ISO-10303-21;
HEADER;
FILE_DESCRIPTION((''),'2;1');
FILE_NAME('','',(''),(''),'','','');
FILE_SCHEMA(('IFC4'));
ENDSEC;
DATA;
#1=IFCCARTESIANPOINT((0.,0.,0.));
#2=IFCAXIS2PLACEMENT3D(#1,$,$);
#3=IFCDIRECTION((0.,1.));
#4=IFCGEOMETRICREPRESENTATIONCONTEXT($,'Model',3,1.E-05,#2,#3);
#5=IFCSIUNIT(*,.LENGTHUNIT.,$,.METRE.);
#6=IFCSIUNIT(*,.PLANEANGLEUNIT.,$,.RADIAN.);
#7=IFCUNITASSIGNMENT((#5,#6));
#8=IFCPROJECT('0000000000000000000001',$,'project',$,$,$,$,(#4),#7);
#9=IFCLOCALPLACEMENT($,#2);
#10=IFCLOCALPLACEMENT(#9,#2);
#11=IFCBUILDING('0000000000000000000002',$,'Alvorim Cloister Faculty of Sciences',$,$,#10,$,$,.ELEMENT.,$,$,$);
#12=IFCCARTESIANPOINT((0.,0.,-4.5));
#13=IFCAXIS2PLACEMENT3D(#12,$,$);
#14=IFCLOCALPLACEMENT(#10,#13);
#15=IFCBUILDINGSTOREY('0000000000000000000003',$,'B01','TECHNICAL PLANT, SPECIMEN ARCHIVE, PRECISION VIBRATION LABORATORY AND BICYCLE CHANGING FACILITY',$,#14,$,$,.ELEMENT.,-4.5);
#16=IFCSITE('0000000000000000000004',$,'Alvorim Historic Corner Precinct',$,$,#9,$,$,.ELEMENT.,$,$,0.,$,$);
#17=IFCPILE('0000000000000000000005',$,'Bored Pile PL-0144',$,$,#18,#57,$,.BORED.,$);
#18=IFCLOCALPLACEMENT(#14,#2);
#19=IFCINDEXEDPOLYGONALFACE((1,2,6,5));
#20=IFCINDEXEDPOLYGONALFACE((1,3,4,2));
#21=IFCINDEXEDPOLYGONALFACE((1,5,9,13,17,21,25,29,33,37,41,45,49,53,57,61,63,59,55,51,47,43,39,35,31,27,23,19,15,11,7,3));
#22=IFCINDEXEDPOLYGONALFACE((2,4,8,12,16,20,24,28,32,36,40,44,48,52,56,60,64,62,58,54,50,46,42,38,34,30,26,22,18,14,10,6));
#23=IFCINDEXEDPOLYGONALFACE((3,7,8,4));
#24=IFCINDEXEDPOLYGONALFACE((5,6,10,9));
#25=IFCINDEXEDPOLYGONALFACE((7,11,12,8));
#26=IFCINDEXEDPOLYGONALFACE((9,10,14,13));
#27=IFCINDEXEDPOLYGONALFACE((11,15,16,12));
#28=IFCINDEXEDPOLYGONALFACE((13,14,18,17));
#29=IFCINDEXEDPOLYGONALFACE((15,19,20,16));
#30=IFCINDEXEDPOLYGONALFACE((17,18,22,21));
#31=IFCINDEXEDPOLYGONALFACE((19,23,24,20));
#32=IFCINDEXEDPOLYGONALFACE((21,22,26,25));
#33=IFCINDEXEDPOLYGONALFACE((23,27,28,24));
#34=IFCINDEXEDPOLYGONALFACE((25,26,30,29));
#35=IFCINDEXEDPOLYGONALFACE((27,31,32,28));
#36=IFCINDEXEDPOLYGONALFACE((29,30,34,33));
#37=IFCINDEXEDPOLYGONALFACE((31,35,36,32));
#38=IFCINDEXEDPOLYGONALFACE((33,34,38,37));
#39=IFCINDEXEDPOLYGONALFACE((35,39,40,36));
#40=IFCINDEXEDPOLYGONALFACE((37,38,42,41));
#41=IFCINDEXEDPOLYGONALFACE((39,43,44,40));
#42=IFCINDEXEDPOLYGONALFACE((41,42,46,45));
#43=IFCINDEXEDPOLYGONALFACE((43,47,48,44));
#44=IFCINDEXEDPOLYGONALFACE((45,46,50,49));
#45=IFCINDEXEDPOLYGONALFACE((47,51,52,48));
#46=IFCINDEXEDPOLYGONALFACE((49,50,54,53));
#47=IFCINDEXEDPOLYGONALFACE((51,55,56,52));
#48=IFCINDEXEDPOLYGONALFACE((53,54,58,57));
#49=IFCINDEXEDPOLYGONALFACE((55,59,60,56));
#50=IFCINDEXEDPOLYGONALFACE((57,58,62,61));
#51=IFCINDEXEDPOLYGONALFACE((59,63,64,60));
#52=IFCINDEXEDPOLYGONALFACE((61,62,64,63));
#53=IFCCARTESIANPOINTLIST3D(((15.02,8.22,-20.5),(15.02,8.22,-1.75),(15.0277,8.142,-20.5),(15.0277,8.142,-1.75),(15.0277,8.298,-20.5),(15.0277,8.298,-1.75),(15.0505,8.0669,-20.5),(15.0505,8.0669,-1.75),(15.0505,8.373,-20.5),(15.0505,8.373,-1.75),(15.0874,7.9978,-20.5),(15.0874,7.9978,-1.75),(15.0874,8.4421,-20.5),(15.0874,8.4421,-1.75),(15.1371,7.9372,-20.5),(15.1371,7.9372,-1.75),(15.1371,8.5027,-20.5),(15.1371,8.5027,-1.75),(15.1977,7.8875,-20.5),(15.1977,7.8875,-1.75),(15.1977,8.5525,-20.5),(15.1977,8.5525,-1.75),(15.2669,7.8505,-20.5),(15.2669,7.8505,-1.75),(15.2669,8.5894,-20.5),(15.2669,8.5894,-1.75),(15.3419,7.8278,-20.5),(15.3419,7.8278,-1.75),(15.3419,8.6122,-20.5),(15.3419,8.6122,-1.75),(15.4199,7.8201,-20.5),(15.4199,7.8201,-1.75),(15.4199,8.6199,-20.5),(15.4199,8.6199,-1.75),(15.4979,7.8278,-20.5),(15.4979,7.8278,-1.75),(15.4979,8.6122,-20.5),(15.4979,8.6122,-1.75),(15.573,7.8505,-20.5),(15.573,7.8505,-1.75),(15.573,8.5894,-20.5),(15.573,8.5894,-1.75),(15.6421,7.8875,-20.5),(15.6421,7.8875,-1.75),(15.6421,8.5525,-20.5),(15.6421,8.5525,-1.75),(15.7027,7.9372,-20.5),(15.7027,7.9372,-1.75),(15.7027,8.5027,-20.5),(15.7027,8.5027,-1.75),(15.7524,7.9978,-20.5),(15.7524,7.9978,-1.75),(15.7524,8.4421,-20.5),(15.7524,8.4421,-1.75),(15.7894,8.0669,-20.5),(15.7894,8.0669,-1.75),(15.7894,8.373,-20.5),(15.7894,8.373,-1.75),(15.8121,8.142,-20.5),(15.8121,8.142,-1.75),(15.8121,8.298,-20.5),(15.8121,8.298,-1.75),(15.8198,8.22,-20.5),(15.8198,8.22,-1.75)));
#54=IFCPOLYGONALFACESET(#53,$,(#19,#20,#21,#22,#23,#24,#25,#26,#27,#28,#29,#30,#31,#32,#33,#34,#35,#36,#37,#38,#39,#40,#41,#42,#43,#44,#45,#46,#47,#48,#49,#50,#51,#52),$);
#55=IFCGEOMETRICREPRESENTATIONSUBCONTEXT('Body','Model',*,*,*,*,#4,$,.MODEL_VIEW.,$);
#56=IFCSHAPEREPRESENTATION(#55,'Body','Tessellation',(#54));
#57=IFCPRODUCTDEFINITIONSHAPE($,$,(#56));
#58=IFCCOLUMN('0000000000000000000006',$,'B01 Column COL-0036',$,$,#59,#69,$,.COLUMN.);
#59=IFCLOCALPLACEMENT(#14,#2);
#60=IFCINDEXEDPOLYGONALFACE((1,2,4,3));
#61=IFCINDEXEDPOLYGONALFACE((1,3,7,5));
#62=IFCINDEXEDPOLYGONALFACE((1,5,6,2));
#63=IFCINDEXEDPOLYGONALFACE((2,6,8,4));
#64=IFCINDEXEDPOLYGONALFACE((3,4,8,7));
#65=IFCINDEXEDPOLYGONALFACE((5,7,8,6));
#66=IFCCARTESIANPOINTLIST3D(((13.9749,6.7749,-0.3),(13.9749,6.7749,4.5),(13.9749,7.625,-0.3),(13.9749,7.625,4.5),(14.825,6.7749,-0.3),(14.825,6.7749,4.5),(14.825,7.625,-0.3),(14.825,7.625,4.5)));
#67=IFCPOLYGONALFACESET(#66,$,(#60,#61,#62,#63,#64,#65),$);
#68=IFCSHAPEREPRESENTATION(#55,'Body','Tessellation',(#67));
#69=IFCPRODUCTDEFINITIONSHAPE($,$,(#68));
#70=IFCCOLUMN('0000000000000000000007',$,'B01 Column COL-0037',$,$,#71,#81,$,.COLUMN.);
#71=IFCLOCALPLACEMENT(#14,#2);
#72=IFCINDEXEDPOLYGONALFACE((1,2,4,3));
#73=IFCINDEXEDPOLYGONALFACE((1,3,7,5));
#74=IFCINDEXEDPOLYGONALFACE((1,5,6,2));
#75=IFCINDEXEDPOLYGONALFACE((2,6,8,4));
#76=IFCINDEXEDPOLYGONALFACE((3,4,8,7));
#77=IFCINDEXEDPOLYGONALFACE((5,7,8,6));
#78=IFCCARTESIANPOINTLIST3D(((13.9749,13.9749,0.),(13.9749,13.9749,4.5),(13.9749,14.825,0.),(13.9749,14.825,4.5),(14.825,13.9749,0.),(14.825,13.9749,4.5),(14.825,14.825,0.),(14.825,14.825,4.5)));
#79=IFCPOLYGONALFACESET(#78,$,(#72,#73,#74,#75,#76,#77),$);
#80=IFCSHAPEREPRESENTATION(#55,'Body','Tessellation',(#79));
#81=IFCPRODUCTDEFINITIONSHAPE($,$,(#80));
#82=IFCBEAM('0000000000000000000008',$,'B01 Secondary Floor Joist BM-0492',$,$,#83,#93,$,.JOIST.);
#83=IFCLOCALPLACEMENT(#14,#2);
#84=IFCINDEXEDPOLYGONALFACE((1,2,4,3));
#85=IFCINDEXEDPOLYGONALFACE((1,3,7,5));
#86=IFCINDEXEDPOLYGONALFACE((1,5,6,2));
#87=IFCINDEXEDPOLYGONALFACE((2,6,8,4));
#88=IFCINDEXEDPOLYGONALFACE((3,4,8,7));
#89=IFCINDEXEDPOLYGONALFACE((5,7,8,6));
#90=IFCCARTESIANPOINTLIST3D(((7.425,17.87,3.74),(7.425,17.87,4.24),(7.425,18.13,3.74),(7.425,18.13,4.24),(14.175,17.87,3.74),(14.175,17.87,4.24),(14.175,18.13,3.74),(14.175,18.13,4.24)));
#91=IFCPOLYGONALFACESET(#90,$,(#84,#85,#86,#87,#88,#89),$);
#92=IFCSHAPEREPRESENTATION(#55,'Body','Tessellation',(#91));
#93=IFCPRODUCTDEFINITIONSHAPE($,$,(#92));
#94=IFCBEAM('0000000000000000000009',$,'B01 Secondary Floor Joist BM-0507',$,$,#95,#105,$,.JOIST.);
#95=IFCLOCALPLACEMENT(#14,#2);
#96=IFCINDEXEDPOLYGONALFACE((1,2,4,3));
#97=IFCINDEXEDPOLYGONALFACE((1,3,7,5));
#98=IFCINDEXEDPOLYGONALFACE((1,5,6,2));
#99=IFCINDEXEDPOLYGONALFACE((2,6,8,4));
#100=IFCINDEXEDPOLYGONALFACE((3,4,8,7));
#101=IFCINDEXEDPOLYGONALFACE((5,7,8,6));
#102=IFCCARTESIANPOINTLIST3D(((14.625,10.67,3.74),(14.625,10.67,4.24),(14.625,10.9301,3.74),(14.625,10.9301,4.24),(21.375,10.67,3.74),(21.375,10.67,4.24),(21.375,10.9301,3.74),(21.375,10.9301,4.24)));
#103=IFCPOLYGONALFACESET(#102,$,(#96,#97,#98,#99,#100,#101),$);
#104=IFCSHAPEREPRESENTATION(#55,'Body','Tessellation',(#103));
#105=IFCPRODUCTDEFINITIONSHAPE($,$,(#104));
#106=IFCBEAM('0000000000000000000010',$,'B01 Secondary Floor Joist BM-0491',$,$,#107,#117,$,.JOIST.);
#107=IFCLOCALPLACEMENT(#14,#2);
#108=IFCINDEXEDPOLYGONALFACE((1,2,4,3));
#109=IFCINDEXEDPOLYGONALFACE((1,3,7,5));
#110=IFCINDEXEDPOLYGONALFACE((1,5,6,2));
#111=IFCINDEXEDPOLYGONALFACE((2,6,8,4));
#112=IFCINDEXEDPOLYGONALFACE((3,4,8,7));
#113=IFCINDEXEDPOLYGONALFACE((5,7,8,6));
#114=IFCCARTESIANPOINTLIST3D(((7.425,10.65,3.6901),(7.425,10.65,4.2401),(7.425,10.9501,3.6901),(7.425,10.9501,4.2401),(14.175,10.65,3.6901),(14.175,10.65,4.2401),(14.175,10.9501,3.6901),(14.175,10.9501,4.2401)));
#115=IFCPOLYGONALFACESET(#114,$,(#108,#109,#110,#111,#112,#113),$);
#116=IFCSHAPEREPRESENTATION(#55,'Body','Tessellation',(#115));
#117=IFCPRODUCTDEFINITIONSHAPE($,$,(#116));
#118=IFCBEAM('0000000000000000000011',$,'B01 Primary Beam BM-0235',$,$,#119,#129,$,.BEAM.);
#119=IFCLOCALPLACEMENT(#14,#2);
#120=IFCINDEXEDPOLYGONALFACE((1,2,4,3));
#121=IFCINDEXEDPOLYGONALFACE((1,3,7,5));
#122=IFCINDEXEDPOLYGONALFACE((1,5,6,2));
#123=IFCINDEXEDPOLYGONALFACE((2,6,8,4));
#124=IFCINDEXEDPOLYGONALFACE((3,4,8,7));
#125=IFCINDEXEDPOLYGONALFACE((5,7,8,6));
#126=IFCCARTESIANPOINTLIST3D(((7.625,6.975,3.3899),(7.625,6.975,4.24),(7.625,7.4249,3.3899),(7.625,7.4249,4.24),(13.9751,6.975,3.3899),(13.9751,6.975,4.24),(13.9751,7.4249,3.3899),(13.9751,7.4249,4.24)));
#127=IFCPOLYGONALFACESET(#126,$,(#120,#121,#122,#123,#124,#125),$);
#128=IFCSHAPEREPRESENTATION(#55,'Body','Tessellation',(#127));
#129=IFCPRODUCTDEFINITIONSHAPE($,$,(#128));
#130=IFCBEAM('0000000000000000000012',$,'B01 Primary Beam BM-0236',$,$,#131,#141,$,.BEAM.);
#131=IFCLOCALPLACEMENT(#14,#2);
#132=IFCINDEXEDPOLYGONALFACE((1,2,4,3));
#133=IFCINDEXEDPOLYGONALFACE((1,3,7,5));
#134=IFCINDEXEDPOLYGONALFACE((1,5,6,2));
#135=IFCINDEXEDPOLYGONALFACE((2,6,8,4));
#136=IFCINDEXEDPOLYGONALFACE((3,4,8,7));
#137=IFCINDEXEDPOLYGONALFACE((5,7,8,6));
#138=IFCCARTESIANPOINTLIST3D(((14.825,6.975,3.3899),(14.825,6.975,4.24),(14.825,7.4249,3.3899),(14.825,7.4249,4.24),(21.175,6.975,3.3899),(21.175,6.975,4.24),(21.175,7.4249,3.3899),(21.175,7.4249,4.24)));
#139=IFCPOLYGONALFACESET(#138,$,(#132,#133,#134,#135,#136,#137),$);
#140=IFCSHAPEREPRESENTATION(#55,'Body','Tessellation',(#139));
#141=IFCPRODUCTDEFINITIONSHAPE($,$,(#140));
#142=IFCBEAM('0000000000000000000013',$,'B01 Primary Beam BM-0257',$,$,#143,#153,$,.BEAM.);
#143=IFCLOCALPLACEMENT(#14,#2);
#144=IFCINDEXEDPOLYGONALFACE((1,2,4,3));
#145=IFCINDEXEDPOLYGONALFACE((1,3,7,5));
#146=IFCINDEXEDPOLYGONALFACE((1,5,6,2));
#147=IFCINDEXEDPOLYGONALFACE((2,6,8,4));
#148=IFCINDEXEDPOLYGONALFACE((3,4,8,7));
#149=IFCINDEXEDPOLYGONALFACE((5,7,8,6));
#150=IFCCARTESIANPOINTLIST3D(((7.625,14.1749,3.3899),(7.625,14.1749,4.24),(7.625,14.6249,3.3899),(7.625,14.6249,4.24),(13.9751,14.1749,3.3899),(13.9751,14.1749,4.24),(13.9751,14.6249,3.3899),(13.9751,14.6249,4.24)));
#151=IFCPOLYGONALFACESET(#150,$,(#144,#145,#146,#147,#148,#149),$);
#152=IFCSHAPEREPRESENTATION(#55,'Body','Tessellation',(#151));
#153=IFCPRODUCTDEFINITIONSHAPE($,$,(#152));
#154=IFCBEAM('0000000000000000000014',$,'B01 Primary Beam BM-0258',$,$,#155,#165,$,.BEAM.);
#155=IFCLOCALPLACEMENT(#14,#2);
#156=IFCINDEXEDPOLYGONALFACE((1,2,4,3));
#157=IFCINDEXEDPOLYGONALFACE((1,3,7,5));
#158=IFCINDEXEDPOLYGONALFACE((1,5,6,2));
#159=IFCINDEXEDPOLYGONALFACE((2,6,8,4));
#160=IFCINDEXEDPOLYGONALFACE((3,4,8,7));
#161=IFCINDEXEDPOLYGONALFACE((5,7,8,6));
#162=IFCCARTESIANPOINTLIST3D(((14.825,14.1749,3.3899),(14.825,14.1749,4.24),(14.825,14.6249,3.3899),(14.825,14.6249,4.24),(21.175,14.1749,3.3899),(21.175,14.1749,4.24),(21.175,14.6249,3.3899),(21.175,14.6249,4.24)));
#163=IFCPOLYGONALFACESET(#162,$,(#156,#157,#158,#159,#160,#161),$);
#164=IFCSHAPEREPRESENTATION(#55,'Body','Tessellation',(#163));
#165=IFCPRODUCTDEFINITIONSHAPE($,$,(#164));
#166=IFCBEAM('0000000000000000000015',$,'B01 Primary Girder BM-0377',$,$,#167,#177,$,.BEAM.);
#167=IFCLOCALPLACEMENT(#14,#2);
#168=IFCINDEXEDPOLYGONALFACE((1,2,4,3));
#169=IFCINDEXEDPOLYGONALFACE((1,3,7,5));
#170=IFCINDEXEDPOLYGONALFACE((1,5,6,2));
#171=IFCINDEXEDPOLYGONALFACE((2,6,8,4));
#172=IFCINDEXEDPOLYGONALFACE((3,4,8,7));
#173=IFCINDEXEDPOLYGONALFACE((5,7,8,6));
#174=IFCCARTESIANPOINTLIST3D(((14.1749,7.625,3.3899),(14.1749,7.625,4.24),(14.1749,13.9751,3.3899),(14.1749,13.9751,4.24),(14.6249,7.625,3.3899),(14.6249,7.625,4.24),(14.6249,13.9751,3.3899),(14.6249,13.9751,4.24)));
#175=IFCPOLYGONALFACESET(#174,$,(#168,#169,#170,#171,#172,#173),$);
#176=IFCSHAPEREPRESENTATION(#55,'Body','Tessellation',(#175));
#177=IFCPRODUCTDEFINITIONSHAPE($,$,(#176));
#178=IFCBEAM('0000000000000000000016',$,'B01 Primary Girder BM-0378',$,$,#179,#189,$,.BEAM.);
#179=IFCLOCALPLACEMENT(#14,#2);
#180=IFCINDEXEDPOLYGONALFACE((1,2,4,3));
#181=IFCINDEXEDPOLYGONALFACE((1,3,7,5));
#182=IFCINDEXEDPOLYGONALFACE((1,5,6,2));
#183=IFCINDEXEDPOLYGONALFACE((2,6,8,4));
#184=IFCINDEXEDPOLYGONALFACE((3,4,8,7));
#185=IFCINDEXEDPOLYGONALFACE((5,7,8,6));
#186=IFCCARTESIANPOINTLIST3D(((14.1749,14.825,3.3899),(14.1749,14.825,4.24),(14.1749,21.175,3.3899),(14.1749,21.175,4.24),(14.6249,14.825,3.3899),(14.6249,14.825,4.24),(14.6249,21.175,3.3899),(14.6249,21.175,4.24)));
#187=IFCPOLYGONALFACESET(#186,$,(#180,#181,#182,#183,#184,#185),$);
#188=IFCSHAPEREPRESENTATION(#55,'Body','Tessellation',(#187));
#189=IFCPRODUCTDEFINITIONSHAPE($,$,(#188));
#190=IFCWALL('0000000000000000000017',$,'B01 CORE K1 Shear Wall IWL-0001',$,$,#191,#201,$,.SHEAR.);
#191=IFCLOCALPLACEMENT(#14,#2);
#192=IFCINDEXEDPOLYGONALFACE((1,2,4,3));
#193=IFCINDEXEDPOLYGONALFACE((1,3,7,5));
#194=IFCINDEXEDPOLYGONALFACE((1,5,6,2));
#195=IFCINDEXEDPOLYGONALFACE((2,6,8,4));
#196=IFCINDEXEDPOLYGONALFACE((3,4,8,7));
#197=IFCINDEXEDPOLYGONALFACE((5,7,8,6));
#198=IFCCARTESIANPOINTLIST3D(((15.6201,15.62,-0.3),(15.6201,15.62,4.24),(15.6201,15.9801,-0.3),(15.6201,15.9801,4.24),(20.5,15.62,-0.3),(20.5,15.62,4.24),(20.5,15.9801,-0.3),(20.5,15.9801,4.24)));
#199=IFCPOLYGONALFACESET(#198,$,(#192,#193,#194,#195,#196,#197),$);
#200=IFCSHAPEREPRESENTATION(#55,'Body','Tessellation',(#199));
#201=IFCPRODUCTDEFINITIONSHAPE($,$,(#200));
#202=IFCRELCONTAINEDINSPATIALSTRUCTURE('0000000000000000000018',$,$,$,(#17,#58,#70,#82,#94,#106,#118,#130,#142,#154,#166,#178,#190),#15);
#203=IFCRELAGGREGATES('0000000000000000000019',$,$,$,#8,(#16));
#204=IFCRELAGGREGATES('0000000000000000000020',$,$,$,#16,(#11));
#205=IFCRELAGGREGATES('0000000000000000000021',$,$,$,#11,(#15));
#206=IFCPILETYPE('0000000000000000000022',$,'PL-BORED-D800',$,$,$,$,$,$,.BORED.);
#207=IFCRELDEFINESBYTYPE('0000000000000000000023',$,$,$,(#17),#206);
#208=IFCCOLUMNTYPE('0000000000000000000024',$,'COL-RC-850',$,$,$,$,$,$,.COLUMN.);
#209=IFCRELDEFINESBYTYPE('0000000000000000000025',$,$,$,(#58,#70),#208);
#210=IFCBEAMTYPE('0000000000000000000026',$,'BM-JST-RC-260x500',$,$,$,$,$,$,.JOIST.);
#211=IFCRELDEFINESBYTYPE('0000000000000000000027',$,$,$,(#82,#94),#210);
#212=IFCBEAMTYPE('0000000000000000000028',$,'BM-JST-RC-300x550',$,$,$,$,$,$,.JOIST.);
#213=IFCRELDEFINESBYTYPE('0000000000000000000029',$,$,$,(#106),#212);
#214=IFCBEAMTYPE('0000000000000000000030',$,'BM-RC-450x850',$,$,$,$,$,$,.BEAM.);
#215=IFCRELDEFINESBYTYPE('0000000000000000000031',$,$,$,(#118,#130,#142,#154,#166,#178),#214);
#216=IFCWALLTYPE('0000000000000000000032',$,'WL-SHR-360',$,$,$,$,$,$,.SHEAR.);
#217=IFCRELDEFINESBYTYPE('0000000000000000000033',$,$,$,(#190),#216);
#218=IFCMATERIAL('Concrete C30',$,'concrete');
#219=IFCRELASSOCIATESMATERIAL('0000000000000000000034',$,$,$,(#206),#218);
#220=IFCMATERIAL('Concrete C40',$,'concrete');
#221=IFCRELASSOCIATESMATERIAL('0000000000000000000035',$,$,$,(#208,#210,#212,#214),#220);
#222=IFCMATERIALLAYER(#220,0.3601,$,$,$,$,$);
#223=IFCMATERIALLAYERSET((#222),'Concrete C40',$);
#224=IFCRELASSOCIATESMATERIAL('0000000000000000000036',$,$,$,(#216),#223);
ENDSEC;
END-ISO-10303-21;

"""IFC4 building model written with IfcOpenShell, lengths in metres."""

from ifc_helpers import new_model, si_unit, direction, frame, frame_2d, origin, origin_2d, place, context, subcontext, project, spatial, rectangle, circle, extrude, material, layer, layer_set, material_profile, profile_set, type_object, element, save


model = new_model("IFC4")

# Units and contexts
model_context = context("Model", 3, precision=1e-05, world=origin(), true_north=direction((0.0, 1.0)))
body_context = subcontext(model_context, "Body", "Model", "MODEL_VIEW")
ifc_project = project(units=[si_unit("LENGTHUNIT", "METRE"), si_unit("PLANEANGLEUNIT", "RADIAN")], contexts=[model_context])

# Site, building, storey
site_placement = place(None, origin())
site = spatial("IfcSite", under=ifc_project, at=site_placement, Name="Alvorim Historic Corner Precinct", CompositionType="ELEMENT", RefElevation=0.0)
building_placement = place(site_placement, origin())
building = spatial("IfcBuilding", under=site, at=building_placement, Name="Alvorim Cloister Faculty of Sciences", CompositionType="ELEMENT")
storey_placement = place(building_placement, frame((0.0, 0.0, -4.5)))
storey = spatial("IfcBuildingStorey", under=building, at=storey_placement, Name="B01", Description="TECHNICAL PLANT, SPECIMEN ARCHIVE, PRECISION VIBRATION LABORATORY AND BICYCLE CHANGING FACILITY", CompositionType="ELEMENT", Elevation=-4.5)

# Shared definitions
ifc_material_1 = material(Name="Concrete C40", Category="concrete")

# Pile
ifc_material_2 = material(Name="Concrete C30", Category="concrete")
ifc_material_profile_1 = material_profile(ifc_material_2, circle(Radius=0.3999, at=origin_2d()), Name="PILE-D800")
ifc_profile_set_1 = profile_set([ifc_material_profile_1], Name="Concrete C30")
pile_type_1 = type_object("IfcPileType", Name="PL-BORED-D800", PredefinedType="BORED", material=ifc_profile_set_1)
for number, where, z_axis, x_axis, name in (
    (1, (15.4199, 8.22, -1.75), (0.0, 0.0, -1.0), (1.0, 0.0, 0.0), "Bored Pile PL-0144"),
):
    element("IfcPile", number, at=place(storey_placement, frame(where, z_axis=z_axis, x_axis=x_axis)), inside=storey, type_object=pile_type_1, Name=name, PredefinedType="BORED", context=body_context, shape_type="SweptSolid", body=[
        extrude(circle(Radius=0.3999, at=origin_2d()), origin(), (0.0, 0.0, 1.0), 18.75),
    ])

# Columns
ifc_material_profile_2 = material_profile(ifc_material_1, rectangle(XDim=0.8501, YDim=0.8501, at=origin_2d()), Name="RC40-COL-850x850")
ifc_profile_set_2 = profile_set([ifc_material_profile_2], Name="Concrete C40")
column_type = type_object("IfcColumnType", Name="COL-RC-850", PredefinedType="COLUMN", material=ifc_profile_set_2)
column_1_placement = place(storey_placement, frame((14.3999, 7.2, -0.3), z_axis=(0.0, 0.0, 1.0), x_axis=(1.0, 0.0, 0.0)))
element("IfcColumn", 2, at=column_1_placement, inside=storey, type_object=column_type, Name="B01 Column COL-0036", PredefinedType="COLUMN", context=body_context, shape_type="SweptSolid", body=[
    extrude(rectangle(XDim=0.8501, YDim=0.8501, at=origin_2d()), origin(), (0.0, 0.0, 1.0), 4.8),
])
column_2_placement = place(storey_placement, frame((14.3999, 14.3999, 0.0), z_axis=(0.0, 0.0, 1.0), x_axis=(1.0, 0.0, 0.0)))
element("IfcColumn", 3, at=column_2_placement, inside=storey, type_object=column_type, Name="B01 Column COL-0037", PredefinedType="COLUMN", context=body_context, shape_type="SweptSolid", body=[
    extrude(rectangle(XDim=0.8501, YDim=0.8501, at=origin_2d()), origin(), (0.0, 0.0, 1.0), 4.5),
])

# Beams
ifc_material_profile_3 = material_profile(ifc_material_1, rectangle(XDim=0.26, YDim=0.5, at=origin_2d()), Name="RC40-JST-260x500")
ifc_profile_set_3 = profile_set([ifc_material_profile_3], Name="Concrete C40")
beam_type_1 = type_object("IfcBeamType", Name="BM-JST-RC-260x500", PredefinedType="JOIST", material=ifc_profile_set_3)
for number, where, z_axis, x_axis, name in (
    (4, (7.425, 18.0, 3.99), (1.0, 0.0, 0.0), (0.0, 1.0, 0.0), "B01 Secondary Floor Joist BM-0492"),
    (5, (14.625, 10.8, 3.99), (1.0, 0.0, 0.0), (0.0, 1.0, 0.0), "B01 Secondary Floor Joist BM-0507"),
):
    element("IfcBeam", number, at=place(storey_placement, frame(where, z_axis=z_axis, x_axis=x_axis)), inside=storey, type_object=beam_type_1, Name=name, PredefinedType="JOIST", context=body_context, shape_type="SweptSolid", body=[
        extrude(rectangle(XDim=0.26, YDim=0.5, at=origin_2d()), origin(), (0.0, 0.0, 1.0), 6.75),
    ])
ifc_material_profile_4 = material_profile(ifc_material_1, rectangle(XDim=0.3, YDim=0.55, at=origin_2d()), Name="RC40-JST-300x550")
ifc_profile_set_4 = profile_set([ifc_material_profile_4], Name="Concrete C40")
beam_type_2 = type_object("IfcBeamType", Name="BM-JST-RC-300x550", PredefinedType="JOIST", material=ifc_profile_set_4)
beam_placement = place(storey_placement, frame((7.425, 10.8, 3.9651), z_axis=(1.0, 0.0, 0.0), x_axis=(0.0, 1.0, 0.0)))
element("IfcBeam", 6, at=beam_placement, inside=storey, type_object=beam_type_2, Name="B01 Secondary Floor Joist BM-0491", PredefinedType="JOIST", context=body_context, shape_type="SweptSolid", body=[
    extrude(rectangle(XDim=0.3, YDim=0.55, at=origin_2d()), origin(), (0.0, 0.0, 1.0), 6.75),
])
ifc_material_profile_5 = material_profile(ifc_material_1, rectangle(XDim=0.45, YDim=0.8501, at=origin_2d()), Name="RC40-BM-450x850")
ifc_profile_set_5 = profile_set([ifc_material_profile_5], Name="Concrete C40")
beam_type_3 = type_object("IfcBeamType", Name="BM-RC-450x850", PredefinedType="BEAM", material=ifc_profile_set_5)
for number, where, z_axis, x_axis, name in (
    (7, (7.625, 7.2, 3.8149), (1.0, 0.0, 0.0), (0.0, 1.0, 0.0), "B01 Primary Beam BM-0235"),
    (8, (14.825, 7.2, 3.8149), (1.0, 0.0, 0.0), (0.0, 1.0, 0.0), "B01 Primary Beam BM-0236"),
    (9, (7.625, 14.3999, 3.8149), (1.0, 0.0, 0.0), (0.0, 1.0, 0.0), "B01 Primary Beam BM-0257"),
    (10, (14.825, 14.3999, 3.8149), (1.0, 0.0, 0.0), (0.0, 1.0, 0.0), "B01 Primary Beam BM-0258"),
    (11, (14.3999, 7.625, 3.8149), (0.0, 1.0, 0.0), (-1.0, 0.0, 0.0), "B01 Primary Girder BM-0377"),
    (12, (14.3999, 14.825, 3.8149), (0.0, 1.0, 0.0), (-1.0, 0.0, 0.0), "B01 Primary Girder BM-0378"),
):
    element("IfcBeam", number, at=place(storey_placement, frame(where, z_axis=z_axis, x_axis=x_axis)), inside=storey, type_object=beam_type_3, Name=name, PredefinedType="BEAM", context=body_context, shape_type="SweptSolid", body=[
        extrude(rectangle(XDim=0.45, YDim=0.8501, at=origin_2d()), origin(), (0.0, 0.0, 1.0), 6.3501),
    ])

# Wall
ifc_layer = layer(ifc_material_1, 0.3601)
ifc_layer_set = layer_set([ifc_layer], Name="Concrete C40")
wall_type = type_object("IfcWallType", Name="WL-SHR-360", PredefinedType="SHEAR", material=ifc_layer_set)
wall_1_placement = place(storey_placement, frame((15.6201, 15.8, -0.3), z_axis=(0.0, 0.0, 1.0), x_axis=(1.0, 0.0, 0.0)))
element("IfcWall", 13, at=wall_1_placement, inside=storey, type_object=wall_type, Name="B01 CORE K1 Shear Wall IWL-0001", PredefinedType="SHEAR", context=body_context, shape_type="SweptSolid", body=[
    extrude(rectangle(XDim=4.8799, YDim=0.3601, at=frame_2d((2.4399, 0.0))), origin(), (0.0, 0.0, 1.0), 4.54),
])

save(model, "model.ifc")
